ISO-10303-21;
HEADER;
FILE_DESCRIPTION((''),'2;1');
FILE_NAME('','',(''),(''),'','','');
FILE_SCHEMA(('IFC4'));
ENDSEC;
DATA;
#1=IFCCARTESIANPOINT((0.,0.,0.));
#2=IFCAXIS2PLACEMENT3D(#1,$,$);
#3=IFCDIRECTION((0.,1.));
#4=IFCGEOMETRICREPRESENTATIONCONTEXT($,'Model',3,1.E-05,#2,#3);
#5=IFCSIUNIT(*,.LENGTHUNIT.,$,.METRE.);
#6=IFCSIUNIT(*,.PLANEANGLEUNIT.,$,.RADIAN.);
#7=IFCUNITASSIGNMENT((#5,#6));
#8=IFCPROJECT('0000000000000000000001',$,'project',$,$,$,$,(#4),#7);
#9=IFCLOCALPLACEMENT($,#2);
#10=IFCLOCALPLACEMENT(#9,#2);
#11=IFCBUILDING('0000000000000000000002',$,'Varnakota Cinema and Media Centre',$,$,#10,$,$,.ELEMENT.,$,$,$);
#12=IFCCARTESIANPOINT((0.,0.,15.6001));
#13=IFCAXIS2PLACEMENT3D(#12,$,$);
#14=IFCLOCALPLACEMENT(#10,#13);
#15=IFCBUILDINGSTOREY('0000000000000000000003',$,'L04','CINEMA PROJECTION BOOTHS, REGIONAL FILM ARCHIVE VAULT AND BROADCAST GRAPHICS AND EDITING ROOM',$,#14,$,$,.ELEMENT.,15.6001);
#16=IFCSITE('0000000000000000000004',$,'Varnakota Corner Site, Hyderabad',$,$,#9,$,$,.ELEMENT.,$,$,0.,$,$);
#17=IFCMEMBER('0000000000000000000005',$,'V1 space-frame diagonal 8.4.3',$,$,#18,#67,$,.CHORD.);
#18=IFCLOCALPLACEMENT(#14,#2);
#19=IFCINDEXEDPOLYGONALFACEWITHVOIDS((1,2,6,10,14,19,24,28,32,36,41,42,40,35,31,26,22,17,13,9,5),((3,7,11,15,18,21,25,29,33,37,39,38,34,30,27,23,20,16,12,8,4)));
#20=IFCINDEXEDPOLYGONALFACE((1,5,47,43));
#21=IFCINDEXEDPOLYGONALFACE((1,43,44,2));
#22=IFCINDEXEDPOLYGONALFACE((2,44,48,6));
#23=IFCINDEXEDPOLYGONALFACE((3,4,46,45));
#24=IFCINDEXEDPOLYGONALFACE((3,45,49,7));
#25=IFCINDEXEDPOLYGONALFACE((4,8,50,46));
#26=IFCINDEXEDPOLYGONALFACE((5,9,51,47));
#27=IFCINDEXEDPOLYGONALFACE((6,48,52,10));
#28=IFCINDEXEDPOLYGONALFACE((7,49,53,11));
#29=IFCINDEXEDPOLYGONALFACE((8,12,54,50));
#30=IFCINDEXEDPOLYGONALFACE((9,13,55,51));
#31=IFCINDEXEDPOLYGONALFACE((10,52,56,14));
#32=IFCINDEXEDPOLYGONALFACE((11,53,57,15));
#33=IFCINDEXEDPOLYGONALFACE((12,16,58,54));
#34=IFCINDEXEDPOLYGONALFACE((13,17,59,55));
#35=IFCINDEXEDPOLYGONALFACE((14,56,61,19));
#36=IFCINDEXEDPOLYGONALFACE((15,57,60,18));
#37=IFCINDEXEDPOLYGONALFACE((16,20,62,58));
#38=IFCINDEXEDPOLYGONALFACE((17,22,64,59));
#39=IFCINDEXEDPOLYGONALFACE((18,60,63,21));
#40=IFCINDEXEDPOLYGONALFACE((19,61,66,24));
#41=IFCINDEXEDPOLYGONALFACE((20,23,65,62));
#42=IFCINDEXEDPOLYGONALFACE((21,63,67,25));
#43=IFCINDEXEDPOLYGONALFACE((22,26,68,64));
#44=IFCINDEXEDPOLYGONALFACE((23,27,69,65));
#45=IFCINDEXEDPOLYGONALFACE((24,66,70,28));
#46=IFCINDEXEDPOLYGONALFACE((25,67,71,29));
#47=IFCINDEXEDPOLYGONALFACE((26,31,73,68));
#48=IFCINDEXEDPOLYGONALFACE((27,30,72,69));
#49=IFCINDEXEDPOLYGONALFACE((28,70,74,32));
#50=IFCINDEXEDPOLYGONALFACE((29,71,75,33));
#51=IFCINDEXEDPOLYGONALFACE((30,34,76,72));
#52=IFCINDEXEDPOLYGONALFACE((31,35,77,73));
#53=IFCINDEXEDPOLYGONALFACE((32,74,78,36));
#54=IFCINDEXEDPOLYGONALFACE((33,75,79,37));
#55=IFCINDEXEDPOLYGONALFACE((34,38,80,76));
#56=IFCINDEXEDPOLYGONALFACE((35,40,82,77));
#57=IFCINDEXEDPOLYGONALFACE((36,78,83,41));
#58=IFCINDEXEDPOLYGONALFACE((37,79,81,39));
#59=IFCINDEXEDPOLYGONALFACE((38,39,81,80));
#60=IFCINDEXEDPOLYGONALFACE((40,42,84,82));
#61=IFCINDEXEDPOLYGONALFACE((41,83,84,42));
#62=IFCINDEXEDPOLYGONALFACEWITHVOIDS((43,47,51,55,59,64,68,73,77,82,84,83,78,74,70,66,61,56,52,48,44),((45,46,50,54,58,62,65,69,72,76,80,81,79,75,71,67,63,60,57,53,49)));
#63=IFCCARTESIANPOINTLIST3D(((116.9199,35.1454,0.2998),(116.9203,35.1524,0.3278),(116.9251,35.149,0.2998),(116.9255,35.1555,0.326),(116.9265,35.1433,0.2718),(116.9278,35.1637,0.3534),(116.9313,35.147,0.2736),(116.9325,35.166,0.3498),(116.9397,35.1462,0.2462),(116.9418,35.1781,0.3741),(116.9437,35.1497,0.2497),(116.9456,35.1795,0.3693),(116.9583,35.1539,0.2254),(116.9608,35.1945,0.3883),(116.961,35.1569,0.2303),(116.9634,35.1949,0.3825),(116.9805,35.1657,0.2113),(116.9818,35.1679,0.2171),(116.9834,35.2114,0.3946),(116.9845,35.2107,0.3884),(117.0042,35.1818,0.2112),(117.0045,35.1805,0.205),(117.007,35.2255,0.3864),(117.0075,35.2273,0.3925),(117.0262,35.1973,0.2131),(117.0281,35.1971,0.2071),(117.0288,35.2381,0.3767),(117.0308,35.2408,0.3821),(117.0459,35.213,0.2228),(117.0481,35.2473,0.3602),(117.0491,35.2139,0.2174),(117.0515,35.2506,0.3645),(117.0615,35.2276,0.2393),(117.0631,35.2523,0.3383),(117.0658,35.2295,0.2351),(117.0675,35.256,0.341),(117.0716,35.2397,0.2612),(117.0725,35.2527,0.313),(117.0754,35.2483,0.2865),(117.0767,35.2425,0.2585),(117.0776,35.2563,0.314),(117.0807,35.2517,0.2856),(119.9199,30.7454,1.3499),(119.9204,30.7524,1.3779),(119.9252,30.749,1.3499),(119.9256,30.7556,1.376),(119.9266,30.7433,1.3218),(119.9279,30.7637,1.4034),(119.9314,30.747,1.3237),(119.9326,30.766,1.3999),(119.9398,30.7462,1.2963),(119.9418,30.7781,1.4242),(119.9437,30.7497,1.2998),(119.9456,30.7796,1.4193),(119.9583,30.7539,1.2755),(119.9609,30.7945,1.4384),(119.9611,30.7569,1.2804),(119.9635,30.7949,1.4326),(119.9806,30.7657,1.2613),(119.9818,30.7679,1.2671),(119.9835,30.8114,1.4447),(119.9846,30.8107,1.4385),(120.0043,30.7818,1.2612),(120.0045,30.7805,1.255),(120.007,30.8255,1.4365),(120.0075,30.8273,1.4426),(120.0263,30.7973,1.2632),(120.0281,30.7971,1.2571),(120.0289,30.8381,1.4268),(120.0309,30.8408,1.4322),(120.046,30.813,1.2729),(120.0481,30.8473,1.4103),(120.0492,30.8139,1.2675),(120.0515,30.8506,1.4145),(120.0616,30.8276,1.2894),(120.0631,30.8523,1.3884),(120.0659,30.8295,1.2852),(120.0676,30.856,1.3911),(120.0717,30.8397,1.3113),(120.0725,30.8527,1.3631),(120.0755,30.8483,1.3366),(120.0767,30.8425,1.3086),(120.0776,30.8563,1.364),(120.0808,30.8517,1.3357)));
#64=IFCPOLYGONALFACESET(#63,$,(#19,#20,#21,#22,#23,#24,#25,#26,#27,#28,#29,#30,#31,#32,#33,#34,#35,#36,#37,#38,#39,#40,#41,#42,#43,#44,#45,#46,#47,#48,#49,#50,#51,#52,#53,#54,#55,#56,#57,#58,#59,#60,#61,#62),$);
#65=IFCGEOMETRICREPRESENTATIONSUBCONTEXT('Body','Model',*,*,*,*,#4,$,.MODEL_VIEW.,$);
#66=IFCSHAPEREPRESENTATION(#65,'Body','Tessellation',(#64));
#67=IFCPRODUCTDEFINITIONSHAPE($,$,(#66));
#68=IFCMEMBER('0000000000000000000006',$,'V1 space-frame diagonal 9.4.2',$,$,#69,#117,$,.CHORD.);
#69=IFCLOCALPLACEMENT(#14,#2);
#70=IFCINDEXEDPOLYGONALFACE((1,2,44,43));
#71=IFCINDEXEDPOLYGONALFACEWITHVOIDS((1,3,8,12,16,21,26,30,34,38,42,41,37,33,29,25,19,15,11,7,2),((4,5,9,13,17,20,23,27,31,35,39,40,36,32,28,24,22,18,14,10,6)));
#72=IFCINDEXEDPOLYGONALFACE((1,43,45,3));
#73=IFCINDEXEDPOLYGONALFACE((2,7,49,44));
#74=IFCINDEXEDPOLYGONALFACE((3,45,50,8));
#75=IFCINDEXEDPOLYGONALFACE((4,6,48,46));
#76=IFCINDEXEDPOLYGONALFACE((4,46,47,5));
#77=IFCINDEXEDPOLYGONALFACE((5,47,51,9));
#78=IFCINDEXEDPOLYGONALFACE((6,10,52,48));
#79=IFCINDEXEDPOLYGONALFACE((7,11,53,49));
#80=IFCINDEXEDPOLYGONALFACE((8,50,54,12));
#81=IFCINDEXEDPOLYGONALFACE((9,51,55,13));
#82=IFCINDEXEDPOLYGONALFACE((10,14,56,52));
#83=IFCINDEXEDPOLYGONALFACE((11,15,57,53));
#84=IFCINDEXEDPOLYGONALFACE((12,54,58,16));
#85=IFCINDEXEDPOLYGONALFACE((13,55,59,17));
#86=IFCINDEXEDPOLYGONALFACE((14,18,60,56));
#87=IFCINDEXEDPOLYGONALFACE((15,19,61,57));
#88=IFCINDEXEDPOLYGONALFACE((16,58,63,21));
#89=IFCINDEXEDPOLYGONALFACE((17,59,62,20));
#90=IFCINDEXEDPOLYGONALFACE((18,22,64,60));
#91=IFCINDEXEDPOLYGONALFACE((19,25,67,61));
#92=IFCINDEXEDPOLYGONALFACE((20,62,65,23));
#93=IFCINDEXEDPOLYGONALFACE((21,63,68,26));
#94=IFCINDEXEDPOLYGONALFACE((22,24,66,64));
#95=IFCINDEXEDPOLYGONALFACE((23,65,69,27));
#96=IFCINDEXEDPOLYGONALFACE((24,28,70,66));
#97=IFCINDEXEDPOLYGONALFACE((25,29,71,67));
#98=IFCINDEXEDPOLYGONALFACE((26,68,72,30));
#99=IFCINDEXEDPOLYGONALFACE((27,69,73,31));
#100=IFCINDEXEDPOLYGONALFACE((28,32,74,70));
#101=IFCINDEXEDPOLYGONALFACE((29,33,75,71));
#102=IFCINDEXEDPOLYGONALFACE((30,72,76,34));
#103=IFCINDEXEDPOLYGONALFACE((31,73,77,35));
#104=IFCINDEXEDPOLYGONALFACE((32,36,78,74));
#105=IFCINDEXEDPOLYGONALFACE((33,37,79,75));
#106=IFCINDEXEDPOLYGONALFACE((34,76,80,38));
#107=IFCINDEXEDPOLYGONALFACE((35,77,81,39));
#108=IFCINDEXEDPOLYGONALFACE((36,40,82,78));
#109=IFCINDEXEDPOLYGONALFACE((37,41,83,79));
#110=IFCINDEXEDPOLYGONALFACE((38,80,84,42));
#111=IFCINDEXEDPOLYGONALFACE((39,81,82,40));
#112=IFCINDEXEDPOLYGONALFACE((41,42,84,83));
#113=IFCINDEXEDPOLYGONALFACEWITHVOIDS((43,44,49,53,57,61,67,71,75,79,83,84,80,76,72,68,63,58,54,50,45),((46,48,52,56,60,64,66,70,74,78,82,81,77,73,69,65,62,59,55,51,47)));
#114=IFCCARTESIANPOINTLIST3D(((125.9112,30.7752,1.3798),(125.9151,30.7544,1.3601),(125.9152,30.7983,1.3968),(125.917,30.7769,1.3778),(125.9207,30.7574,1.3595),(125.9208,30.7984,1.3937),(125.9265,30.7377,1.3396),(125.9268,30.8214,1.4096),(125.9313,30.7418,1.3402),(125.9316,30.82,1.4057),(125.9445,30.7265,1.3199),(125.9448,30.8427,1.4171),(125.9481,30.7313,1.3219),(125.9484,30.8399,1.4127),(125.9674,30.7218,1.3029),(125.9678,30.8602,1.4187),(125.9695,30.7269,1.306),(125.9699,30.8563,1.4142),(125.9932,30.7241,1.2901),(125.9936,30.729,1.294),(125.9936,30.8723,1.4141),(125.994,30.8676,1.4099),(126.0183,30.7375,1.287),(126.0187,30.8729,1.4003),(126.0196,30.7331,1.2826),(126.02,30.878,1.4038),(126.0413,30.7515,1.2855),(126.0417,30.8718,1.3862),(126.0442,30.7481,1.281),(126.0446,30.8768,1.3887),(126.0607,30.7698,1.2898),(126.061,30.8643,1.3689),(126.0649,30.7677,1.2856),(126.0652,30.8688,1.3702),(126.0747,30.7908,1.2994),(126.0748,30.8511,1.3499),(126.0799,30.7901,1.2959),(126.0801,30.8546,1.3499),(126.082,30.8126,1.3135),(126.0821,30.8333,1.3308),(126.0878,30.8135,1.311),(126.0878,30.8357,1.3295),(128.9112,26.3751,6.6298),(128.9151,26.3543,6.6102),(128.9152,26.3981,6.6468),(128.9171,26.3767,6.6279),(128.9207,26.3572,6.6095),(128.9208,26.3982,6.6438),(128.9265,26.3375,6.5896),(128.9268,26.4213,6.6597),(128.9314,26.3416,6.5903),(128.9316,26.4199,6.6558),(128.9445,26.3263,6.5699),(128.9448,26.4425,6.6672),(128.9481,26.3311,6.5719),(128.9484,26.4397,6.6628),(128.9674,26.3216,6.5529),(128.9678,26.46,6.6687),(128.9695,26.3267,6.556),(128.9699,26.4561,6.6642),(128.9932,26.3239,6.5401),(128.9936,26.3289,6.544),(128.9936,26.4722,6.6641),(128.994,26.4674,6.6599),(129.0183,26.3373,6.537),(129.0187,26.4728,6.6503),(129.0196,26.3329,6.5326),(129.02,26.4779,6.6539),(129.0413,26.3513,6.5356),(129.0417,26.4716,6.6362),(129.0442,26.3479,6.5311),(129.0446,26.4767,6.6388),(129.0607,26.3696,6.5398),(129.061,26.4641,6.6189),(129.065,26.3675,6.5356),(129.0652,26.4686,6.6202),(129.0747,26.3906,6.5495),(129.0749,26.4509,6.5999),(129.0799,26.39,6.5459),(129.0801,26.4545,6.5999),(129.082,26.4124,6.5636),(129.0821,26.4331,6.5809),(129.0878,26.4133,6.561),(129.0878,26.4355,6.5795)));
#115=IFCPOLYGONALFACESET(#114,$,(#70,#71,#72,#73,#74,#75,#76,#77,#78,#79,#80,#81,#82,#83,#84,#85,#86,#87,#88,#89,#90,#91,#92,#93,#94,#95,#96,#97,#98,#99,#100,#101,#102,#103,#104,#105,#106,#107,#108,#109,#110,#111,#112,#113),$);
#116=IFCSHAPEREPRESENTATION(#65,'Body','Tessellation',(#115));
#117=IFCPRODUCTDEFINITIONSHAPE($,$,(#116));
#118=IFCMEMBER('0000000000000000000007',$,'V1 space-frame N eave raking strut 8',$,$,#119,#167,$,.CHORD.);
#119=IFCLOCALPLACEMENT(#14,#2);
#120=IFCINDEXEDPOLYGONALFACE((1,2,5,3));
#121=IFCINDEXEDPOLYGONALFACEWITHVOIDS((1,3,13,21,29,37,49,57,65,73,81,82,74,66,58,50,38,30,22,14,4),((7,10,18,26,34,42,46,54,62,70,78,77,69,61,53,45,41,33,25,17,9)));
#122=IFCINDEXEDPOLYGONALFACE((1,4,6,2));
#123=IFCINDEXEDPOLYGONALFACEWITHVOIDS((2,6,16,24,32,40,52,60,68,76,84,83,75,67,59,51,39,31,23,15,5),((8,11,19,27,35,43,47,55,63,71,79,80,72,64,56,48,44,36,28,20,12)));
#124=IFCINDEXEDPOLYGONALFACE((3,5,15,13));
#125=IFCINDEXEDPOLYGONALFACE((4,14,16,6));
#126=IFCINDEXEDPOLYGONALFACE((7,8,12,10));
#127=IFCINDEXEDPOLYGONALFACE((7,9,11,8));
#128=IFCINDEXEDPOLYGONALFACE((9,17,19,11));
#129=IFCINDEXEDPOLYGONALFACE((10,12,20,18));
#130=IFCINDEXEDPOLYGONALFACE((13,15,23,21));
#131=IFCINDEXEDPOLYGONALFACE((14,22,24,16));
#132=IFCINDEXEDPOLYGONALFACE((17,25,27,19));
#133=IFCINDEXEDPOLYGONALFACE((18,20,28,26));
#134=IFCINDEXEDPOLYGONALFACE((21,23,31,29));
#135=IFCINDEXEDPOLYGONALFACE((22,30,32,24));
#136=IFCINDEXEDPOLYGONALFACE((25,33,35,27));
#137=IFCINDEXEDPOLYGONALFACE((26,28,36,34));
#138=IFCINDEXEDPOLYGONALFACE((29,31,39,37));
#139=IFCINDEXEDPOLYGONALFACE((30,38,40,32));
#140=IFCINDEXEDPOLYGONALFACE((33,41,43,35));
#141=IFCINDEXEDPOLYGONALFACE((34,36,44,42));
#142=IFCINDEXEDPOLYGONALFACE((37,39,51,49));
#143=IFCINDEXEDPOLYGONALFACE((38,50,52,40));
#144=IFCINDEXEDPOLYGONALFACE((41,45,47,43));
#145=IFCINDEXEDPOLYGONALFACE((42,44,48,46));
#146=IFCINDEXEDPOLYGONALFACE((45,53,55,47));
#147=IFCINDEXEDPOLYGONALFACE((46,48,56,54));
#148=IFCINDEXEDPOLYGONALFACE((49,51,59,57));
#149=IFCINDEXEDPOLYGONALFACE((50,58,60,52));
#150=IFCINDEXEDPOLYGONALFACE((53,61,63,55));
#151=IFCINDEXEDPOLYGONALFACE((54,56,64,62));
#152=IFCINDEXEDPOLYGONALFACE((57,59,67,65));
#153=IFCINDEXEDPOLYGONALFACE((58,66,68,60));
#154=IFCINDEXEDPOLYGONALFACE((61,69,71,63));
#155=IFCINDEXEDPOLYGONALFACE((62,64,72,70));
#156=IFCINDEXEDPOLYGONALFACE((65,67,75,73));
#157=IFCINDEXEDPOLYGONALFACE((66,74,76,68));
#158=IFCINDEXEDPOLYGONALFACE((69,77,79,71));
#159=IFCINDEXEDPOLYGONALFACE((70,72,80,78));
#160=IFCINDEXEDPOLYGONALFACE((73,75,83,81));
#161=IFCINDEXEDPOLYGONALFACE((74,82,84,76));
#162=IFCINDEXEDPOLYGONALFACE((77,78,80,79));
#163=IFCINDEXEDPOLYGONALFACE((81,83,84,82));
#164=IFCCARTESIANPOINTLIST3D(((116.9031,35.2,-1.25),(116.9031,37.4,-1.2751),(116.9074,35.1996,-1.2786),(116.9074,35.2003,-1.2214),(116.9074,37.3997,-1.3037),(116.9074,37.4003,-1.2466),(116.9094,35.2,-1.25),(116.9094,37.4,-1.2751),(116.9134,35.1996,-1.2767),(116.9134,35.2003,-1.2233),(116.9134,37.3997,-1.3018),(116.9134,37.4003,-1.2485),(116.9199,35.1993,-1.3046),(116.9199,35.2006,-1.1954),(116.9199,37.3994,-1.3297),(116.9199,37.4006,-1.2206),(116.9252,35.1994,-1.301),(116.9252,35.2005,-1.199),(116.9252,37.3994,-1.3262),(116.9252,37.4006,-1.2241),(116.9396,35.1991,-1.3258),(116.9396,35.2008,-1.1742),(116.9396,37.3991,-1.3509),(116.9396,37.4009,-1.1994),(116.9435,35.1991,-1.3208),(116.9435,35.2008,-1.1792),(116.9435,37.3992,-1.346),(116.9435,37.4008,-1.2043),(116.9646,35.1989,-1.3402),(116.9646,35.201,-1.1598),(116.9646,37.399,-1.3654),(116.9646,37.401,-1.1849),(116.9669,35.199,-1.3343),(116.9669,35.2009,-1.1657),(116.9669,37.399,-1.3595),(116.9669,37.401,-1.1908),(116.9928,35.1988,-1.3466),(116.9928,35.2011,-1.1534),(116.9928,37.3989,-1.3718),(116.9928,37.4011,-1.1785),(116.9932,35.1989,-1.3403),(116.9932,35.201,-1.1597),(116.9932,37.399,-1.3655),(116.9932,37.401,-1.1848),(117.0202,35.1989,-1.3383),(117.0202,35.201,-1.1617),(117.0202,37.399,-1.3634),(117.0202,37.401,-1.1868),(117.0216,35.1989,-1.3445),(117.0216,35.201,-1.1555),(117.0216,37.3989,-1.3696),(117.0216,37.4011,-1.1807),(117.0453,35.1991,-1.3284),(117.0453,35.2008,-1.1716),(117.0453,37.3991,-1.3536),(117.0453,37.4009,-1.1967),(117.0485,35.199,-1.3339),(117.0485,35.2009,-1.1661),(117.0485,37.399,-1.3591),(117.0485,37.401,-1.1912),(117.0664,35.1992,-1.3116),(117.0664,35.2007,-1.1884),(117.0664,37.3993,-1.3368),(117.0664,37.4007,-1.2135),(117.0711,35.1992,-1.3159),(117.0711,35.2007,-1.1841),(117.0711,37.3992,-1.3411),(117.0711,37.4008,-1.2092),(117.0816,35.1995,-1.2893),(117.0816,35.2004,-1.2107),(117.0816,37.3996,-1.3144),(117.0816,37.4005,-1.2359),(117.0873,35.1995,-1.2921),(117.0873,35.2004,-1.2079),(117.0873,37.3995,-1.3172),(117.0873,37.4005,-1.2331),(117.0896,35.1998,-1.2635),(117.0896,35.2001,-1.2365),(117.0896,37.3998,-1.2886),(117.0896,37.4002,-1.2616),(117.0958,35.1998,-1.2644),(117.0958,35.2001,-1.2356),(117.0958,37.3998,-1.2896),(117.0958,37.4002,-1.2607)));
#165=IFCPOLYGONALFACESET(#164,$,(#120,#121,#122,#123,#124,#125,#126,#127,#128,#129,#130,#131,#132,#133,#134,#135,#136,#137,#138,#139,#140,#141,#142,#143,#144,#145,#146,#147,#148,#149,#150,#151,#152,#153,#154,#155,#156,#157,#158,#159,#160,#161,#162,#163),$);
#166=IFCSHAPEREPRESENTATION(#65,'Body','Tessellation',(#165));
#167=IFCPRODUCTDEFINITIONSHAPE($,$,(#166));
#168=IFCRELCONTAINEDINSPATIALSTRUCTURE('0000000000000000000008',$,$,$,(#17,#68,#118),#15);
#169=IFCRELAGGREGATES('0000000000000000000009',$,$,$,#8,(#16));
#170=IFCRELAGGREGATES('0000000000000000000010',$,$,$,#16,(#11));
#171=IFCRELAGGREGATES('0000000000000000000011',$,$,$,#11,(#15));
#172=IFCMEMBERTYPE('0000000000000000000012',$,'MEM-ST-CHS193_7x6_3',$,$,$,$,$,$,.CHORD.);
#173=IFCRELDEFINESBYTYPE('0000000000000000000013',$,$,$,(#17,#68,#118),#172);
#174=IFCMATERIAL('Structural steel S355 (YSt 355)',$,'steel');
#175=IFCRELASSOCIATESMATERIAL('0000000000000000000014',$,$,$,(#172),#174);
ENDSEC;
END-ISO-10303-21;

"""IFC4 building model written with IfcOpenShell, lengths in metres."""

from ifc_helpers import new_model, si_unit, direction, frame, origin, origin_2d, place, context, subcontext, project, spatial, hollow_circle, extrude, material, material_profile, profile_set, type_object, element, save


model = new_model("IFC4")

# Units and contexts
model_context = context("Model", 3, precision=1e-05, world=origin(), true_north=direction((0.0, 1.0)))
body_context = subcontext(model_context, "Body", "Model", "MODEL_VIEW")
ifc_project = project(units=[si_unit("LENGTHUNIT", "METRE"), si_unit("PLANEANGLEUNIT", "RADIAN")], contexts=[model_context])

# Site, building, storey
site_placement = place(None, origin())
site = spatial("IfcSite", under=ifc_project, at=site_placement, Name="Varnakota Corner Site, Hyderabad", CompositionType="ELEMENT", RefElevation=0.0)
building_placement = place(site_placement, origin())
building = spatial("IfcBuilding", under=site, at=building_placement, Name="Varnakota Cinema and Media Centre", CompositionType="ELEMENT")
storey_placement = place(building_placement, frame((0.0, 0.0, 15.6001)))
storey = spatial("IfcBuildingStorey", under=building, at=storey_placement, Name="L04", Description="CINEMA PROJECTION BOOTHS, REGIONAL FILM ARCHIVE VAULT AND BROADCAST GRAPHICS AND EDITING ROOM", CompositionType="ELEMENT", Elevation=15.6001)

# Members
ifc_material_1 = material(Name="Structural steel S355 (YSt 355)", Category="steel")
ifc_material_profile_1 = material_profile(ifc_material_1, hollow_circle(Radius=0.0969, WallThickness=0.0063, at=origin_2d()), Name="CHS 193.7x6.3")
ifc_profile_set_1 = profile_set([ifc_material_profile_1], Name="Structural steel S355 (YSt 355)")
member_type_1 = type_object("IfcMemberType", Name="MEM-ST-CHS193_7x6_3", PredefinedType="CHORD", material=ifc_profile_set_1)
member_1_placement = place(storey_placement, frame((120.0, 30.8, 1.3499), z_axis=(-0.552703, 0.810613, -0.193455), x_axis=(-0.826222, -0.563345, 0.0)))
element("IfcMember", 1, at=member_1_placement, inside=storey, type_object=member_type_1, Name="V1 space-frame diagonal 8.4.3", PredefinedType="CHORD", context=body_context, shape_type="SweptSolid", body=[
    extrude(hollow_circle(Radius=0.0969, WallThickness=0.0063, at=origin_2d()), origin(), (0.0, 0.0, 1.0), 5.428),
])
member_2_placement = place(storey_placement, frame((126.0, 30.8, 1.3499), z_axis=(0.401165, -0.588395, 0.702039), x_axis=(0.826236, 0.563324, 0.0)))
element("IfcMember", 2, at=member_2_placement, inside=storey, type_object=member_type_1, Name="V1 space-frame diagonal 9.4.2", PredefinedType="CHORD", context=body_context, shape_type="SweptSolid", body=[
    extrude(hollow_circle(Radius=0.0969, WallThickness=0.0063, at=origin_2d()), origin(), (0.0, 0.0, 1.0), 7.4783),
])
for number, where, z_axis, x_axis, name in (
    (3, (117.0, 35.2, -1.25), (0.0, 0.999935, -0.01143), (-1.0, 0.0, 0.0), "V1 space-frame N eave raking strut 8"),
):
    element("IfcMember", number, at=place(storey_placement, frame(where, z_axis=z_axis, x_axis=x_axis)), inside=storey, type_object=member_type_1, Name=name, PredefinedType="CHORD", context=body_context, shape_type="SweptSolid", body=[
        extrude(hollow_circle(Radius=0.0969, WallThickness=0.0063, at=origin_2d()), origin(), (0.0, 0.0, 1.0), 2.2002),
    ])

save(model, "model.ifc")
